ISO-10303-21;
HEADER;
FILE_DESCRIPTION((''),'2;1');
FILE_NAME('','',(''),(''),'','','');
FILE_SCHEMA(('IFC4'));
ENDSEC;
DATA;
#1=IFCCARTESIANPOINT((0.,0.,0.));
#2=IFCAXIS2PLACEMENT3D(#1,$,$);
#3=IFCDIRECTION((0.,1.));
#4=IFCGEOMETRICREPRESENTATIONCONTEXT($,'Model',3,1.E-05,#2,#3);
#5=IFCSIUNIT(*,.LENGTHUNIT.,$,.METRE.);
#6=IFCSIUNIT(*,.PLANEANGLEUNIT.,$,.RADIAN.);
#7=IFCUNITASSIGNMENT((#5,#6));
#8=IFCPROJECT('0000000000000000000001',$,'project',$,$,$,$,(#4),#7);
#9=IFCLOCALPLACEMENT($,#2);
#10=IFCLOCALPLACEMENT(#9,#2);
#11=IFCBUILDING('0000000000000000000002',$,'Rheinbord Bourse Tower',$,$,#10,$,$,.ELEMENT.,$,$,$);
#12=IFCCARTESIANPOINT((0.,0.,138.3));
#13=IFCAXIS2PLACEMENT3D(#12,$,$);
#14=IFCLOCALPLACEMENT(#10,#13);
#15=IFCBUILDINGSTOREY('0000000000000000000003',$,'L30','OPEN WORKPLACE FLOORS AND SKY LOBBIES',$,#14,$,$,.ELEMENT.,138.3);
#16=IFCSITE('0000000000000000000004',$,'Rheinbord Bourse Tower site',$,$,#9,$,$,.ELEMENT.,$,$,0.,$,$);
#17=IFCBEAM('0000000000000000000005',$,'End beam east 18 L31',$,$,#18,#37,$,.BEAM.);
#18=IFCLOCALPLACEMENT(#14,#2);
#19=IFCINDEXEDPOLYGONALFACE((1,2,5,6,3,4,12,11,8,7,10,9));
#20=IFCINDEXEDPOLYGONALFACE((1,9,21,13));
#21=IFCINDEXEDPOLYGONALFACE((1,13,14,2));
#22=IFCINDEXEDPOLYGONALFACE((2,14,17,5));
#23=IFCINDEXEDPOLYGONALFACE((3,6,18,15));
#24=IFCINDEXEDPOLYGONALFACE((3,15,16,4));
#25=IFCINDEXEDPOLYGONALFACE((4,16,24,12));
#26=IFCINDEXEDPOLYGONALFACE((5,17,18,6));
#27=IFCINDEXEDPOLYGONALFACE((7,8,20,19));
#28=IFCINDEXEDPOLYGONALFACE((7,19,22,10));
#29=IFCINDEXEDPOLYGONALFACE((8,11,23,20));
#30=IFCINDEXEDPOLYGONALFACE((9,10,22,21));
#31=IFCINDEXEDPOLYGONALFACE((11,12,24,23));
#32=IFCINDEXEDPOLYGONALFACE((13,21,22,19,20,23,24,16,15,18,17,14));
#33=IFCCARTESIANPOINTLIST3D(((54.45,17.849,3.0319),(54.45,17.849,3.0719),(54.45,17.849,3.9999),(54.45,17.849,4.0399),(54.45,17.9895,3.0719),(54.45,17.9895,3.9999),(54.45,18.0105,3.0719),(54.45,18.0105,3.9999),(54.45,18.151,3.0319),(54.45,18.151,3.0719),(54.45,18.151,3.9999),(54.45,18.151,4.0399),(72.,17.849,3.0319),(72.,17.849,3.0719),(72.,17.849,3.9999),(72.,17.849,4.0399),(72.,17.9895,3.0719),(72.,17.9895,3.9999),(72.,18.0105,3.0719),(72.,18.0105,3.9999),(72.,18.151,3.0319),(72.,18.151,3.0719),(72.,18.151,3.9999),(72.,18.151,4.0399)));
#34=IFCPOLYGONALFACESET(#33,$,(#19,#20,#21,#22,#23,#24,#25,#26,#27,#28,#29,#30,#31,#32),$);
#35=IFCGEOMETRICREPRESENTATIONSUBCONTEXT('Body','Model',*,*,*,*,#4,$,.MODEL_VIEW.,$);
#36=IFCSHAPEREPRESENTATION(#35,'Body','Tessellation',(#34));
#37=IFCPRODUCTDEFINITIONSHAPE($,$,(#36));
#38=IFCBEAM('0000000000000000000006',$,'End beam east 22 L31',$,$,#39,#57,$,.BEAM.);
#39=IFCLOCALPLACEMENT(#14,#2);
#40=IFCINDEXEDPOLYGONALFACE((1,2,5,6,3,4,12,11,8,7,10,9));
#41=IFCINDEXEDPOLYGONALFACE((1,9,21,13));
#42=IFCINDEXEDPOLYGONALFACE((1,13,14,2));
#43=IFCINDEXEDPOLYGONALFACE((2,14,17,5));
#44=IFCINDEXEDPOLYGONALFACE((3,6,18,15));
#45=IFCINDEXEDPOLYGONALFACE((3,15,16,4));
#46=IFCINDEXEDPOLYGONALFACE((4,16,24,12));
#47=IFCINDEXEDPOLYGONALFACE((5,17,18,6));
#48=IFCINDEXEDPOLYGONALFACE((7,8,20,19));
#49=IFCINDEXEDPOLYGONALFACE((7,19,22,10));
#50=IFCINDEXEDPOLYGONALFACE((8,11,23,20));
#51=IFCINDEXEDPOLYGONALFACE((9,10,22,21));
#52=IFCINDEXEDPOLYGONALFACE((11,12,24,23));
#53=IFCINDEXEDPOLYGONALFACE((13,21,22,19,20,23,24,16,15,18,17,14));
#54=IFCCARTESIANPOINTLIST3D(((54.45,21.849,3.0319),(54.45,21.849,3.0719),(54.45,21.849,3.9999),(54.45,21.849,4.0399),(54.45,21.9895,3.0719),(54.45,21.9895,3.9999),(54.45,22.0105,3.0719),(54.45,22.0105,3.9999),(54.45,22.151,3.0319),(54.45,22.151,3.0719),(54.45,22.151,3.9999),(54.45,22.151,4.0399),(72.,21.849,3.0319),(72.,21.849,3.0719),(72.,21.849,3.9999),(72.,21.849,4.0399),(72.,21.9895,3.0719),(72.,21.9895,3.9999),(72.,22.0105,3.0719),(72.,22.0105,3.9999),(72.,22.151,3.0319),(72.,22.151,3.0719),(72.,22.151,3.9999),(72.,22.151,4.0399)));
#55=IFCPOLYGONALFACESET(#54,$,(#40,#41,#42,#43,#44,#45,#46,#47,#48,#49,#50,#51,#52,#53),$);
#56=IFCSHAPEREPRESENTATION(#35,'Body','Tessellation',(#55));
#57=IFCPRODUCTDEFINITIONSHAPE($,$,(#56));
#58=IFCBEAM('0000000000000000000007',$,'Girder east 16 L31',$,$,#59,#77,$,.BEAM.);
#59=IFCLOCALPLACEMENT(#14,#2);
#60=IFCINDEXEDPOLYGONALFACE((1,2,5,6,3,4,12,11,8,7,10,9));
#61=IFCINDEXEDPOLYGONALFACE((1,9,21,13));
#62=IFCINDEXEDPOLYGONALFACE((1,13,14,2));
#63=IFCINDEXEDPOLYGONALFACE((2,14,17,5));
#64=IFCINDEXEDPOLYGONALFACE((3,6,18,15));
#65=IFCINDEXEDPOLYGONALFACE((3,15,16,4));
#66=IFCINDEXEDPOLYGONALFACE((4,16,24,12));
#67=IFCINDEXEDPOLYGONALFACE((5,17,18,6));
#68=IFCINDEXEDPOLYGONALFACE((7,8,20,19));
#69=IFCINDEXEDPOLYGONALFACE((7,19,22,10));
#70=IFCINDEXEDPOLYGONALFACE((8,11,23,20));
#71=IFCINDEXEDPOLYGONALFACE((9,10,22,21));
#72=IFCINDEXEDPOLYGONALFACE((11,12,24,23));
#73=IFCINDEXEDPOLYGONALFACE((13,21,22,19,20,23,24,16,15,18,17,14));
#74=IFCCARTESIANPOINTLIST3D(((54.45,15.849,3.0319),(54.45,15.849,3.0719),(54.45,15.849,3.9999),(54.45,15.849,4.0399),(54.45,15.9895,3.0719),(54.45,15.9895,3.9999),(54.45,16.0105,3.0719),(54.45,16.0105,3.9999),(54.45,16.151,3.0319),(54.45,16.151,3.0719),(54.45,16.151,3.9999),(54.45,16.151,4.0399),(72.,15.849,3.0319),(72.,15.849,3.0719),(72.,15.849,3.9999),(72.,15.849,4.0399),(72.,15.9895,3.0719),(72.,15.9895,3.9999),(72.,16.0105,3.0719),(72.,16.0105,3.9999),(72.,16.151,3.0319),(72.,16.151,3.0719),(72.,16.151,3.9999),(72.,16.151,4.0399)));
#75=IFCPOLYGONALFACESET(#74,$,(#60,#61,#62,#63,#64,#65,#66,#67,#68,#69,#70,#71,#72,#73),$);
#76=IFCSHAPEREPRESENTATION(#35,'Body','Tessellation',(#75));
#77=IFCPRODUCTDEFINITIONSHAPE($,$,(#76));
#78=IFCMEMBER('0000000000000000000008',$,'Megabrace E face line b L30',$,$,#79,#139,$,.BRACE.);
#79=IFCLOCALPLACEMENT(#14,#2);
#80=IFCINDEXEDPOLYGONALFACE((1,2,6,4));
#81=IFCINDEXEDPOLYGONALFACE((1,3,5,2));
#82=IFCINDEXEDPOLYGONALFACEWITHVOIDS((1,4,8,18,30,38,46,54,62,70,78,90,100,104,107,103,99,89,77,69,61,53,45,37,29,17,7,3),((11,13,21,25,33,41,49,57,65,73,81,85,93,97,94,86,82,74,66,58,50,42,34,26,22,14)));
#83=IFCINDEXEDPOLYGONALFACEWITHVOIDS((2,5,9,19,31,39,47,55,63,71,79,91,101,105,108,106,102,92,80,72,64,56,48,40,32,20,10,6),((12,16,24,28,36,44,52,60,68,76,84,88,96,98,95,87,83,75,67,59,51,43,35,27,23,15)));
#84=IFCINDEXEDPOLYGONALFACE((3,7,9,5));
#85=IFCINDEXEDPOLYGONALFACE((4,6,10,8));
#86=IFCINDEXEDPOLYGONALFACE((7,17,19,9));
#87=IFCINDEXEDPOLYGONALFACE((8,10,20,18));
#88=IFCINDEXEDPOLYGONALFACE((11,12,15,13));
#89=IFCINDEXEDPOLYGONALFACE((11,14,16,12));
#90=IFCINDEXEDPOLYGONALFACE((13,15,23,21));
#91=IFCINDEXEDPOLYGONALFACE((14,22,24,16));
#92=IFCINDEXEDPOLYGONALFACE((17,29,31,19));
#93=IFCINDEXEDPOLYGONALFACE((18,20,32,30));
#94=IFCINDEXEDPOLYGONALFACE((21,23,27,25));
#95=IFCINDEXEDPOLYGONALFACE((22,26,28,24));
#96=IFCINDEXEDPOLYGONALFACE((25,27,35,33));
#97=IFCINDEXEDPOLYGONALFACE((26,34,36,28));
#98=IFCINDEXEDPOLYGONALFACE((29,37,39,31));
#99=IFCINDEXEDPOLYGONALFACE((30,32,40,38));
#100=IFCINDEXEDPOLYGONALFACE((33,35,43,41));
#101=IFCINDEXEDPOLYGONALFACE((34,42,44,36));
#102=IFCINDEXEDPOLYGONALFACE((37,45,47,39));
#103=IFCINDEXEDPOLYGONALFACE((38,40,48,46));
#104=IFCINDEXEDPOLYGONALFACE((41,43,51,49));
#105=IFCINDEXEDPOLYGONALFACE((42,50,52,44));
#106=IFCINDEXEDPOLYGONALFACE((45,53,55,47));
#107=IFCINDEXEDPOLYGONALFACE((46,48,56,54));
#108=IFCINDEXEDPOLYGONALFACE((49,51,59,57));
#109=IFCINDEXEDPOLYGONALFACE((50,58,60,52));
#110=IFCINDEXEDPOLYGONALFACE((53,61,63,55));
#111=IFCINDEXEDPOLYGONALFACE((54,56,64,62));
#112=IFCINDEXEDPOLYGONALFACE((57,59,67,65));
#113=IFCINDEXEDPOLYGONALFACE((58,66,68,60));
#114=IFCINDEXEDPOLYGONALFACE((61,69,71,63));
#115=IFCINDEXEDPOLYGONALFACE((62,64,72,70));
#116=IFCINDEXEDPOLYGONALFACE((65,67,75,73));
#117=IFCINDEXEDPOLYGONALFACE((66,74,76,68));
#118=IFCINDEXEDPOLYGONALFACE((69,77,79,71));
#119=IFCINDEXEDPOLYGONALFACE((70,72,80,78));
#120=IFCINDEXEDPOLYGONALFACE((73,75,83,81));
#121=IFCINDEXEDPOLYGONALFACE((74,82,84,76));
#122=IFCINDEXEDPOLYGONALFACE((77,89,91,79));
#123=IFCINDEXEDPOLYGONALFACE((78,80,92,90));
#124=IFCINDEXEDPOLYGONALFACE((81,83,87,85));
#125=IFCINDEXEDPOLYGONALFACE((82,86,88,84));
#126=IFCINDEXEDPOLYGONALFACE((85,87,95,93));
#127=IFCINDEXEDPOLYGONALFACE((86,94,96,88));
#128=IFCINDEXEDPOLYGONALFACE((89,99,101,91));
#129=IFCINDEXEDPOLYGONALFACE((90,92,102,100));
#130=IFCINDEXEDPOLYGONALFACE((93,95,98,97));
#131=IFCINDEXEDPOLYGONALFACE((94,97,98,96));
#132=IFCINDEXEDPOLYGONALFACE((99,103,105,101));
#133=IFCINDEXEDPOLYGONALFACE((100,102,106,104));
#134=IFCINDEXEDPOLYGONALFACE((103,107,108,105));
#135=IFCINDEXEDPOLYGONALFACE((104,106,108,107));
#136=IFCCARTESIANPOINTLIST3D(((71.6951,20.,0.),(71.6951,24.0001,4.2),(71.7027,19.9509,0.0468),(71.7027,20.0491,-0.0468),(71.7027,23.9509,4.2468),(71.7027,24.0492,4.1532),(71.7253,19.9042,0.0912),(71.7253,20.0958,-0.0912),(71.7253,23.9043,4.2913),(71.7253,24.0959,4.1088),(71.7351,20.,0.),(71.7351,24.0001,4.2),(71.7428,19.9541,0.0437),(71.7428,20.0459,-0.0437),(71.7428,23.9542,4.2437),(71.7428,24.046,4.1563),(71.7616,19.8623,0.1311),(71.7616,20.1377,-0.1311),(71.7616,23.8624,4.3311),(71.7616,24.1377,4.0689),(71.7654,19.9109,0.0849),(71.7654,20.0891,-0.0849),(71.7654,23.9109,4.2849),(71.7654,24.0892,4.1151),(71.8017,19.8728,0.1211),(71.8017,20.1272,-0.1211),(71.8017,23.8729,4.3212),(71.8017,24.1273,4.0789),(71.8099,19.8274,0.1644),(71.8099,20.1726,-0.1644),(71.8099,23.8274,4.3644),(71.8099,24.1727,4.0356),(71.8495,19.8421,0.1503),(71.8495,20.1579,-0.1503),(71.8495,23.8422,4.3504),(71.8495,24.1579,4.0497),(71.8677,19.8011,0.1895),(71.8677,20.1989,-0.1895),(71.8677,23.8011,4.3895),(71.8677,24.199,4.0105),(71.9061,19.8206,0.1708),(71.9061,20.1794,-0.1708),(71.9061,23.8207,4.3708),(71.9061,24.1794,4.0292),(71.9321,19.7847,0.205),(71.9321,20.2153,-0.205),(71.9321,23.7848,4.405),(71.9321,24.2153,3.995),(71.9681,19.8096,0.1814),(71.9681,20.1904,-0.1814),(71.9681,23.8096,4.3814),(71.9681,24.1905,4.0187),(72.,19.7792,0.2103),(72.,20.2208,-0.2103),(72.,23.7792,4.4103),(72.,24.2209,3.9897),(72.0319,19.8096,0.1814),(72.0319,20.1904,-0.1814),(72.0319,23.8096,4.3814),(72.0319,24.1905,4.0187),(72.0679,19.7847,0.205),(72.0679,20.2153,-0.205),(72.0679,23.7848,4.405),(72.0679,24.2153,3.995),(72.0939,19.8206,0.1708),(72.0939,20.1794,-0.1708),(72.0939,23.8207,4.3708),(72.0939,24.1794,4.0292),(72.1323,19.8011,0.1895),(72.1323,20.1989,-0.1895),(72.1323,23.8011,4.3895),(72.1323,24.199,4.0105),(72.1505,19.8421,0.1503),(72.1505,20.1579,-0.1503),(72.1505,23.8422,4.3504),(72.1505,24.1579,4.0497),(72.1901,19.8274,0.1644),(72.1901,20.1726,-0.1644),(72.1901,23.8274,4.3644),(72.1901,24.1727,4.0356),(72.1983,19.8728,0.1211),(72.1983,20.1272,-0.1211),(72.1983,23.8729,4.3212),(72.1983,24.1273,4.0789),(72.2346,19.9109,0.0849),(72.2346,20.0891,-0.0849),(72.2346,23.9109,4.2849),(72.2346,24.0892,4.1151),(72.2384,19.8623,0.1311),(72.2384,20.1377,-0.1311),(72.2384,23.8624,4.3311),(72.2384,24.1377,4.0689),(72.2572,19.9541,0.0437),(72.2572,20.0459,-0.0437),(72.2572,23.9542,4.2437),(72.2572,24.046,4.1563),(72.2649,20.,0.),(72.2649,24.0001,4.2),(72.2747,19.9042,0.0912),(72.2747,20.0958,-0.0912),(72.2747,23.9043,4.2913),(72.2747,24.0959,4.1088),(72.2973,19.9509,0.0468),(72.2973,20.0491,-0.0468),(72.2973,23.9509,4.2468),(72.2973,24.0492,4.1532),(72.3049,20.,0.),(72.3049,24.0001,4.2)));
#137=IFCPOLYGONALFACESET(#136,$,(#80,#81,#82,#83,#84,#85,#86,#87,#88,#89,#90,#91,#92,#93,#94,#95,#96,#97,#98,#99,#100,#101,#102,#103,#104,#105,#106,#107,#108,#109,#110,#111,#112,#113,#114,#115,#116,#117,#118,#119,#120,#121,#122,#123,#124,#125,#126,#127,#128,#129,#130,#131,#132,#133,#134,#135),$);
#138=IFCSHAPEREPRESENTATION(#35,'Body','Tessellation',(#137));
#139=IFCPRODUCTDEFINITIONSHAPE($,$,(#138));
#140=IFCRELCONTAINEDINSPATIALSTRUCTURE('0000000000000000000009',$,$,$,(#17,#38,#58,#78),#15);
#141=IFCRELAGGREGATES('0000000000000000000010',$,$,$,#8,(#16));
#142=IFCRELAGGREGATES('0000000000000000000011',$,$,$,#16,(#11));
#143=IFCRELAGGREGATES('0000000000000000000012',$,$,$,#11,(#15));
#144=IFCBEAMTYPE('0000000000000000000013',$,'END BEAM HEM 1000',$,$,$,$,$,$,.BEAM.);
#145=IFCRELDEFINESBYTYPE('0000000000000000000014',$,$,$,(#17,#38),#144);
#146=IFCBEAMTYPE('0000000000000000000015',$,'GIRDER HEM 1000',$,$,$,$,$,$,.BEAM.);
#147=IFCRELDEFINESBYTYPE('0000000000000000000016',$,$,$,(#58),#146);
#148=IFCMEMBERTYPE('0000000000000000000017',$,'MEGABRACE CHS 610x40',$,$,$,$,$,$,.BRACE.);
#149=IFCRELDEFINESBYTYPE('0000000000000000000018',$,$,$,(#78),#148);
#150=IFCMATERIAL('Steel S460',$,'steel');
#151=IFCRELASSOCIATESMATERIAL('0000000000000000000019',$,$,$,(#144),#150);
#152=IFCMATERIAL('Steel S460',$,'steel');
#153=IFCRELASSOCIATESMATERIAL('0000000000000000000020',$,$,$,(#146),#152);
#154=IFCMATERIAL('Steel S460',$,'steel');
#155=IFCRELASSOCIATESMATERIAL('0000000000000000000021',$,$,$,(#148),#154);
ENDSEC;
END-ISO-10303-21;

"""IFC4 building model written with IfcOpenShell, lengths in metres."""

from ifc_helpers import new_model, si_unit, direction, frame, origin, origin_2d, place, context, subcontext, project, spatial, hollow_circle, i_section, extrude, material, material_profile, profile_set, type_object, element, save


model = new_model("IFC4")

# Units and contexts
model_context = context("Model", 3, precision=1e-05, world=origin(), true_north=direction((0.0, 1.0)))
body_context = subcontext(model_context, "Body", "Model", "MODEL_VIEW")
ifc_project = project(units=[si_unit("LENGTHUNIT", "METRE"), si_unit("PLANEANGLEUNIT", "RADIAN")], contexts=[model_context])

# Site, building, storey
site_placement = place(None, origin())
site = spatial("IfcSite", under=ifc_project, at=site_placement, Name="Rheinbord Bourse Tower site", CompositionType="ELEMENT", RefElevation=0.0)
building_placement = place(site_placement, origin())
building = spatial("IfcBuilding", under=site, at=building_placement, Name="Rheinbord Bourse Tower", CompositionType="ELEMENT")
storey_placement = place(building_placement, frame((0.0, 0.0, 138.3)))
storey = spatial("IfcBuildingStorey", under=building, at=storey_placement, Name="L30", Description="OPEN WORKPLACE FLOORS AND SKY LOBBIES", CompositionType="ELEMENT", Elevation=138.3)

# Beams
ifc_material_1 = material(Name="Steel S460", Category="steel")
ifc_material_profile_1 = material_profile(ifc_material_1, i_section(OverallWidth=0.302, OverallDepth=1.0081, WebThickness=0.021, FlangeThickness=0.04, at=origin_2d()), Name="HEM 1000")
ifc_profile_set_1 = profile_set([ifc_material_profile_1], Name="Steel S460")
beam_type_1 = type_object("IfcBeamType", Name="END BEAM HEM 1000", PredefinedType="BEAM", material=ifc_profile_set_1)
for number, where, z_axis, x_axis, name in (
    (1, (54.45, 18.0, 3.5359), (1.0, 0.0, 0.0), (0.0, 1.0, 0.0), "End beam east 18 L31"),
    (2, (54.45, 22.0, 3.5359), (1.0, 0.0, 0.0), (0.0, 1.0, 0.0), "End beam east 22 L31"),
):
    element("IfcBeam", number, at=place(storey_placement, frame(where, z_axis=z_axis, x_axis=x_axis)), inside=storey, type_object=beam_type_1, Name=name, PredefinedType="BEAM", context=body_context, shape_type="SweptSolid", body=[
        extrude(i_section(OverallWidth=0.302, OverallDepth=1.0081, WebThickness=0.021, FlangeThickness=0.04, at=origin_2d()), origin(), (0.0, 0.0, 1.0), 17.55),
    ])
ifc_material_2 = material(Name="Steel S460", Category="steel")
ifc_material_profile_2 = material_profile(ifc_material_2, i_section(OverallWidth=0.302, OverallDepth=1.0081, WebThickness=0.021, FlangeThickness=0.04, at=origin_2d()), Name="HEM 1000")
ifc_profile_set_2 = profile_set([ifc_material_profile_2], Name="Steel S460")
beam_type_2 = type_object("IfcBeamType", Name="GIRDER HEM 1000", PredefinedType="BEAM", material=ifc_profile_set_2)
beam_placement = place(storey_placement, frame((54.45, 16.0, 3.5359), z_axis=(1.0, 0.0, 0.0), x_axis=(0.0, 1.0, 0.0)))
element("IfcBeam", 3, at=beam_placement, inside=storey, type_object=beam_type_2, Name="Girder east 16 L31", PredefinedType="BEAM", context=body_context, shape_type="SweptSolid", body=[
    extrude(i_section(OverallWidth=0.302, OverallDepth=1.0081, WebThickness=0.021, FlangeThickness=0.04, at=origin_2d()), origin(), (0.0, 0.0, 1.0), 17.55),
])

# Member
ifc_material_3 = material(Name="Steel S460", Category="steel")
ifc_material_profile_3 = material_profile(ifc_material_3, hollow_circle(Radius=0.3049, WallThickness=0.04, at=origin_2d()), Name="CHS 610x40")
ifc_profile_set_3 = profile_set([ifc_material_profile_3], Name="Steel S460")
member_type_1 = type_object("IfcMemberType", Name="MEGABRACE CHS 610x40", PredefinedType="BRACE", material=ifc_profile_set_3)
member_1_placement = place(storey_placement, frame((72.0, 20.0, 0.0), z_axis=(0.0, 0.689659, 0.724134), x_axis=(-1.0, 0.0, 0.0)))
element("IfcMember", 4, at=member_1_placement, inside=storey, type_object=member_type_1, Name="Megabrace E face line b L30", PredefinedType="BRACE", context=body_context, shape_type="SweptSolid", body=[
    extrude(hollow_circle(Radius=0.3049, WallThickness=0.04, at=origin_2d()), origin(), (0.0, 0.0, 1.0), 5.8),
])

save(model, "model.ifc")
